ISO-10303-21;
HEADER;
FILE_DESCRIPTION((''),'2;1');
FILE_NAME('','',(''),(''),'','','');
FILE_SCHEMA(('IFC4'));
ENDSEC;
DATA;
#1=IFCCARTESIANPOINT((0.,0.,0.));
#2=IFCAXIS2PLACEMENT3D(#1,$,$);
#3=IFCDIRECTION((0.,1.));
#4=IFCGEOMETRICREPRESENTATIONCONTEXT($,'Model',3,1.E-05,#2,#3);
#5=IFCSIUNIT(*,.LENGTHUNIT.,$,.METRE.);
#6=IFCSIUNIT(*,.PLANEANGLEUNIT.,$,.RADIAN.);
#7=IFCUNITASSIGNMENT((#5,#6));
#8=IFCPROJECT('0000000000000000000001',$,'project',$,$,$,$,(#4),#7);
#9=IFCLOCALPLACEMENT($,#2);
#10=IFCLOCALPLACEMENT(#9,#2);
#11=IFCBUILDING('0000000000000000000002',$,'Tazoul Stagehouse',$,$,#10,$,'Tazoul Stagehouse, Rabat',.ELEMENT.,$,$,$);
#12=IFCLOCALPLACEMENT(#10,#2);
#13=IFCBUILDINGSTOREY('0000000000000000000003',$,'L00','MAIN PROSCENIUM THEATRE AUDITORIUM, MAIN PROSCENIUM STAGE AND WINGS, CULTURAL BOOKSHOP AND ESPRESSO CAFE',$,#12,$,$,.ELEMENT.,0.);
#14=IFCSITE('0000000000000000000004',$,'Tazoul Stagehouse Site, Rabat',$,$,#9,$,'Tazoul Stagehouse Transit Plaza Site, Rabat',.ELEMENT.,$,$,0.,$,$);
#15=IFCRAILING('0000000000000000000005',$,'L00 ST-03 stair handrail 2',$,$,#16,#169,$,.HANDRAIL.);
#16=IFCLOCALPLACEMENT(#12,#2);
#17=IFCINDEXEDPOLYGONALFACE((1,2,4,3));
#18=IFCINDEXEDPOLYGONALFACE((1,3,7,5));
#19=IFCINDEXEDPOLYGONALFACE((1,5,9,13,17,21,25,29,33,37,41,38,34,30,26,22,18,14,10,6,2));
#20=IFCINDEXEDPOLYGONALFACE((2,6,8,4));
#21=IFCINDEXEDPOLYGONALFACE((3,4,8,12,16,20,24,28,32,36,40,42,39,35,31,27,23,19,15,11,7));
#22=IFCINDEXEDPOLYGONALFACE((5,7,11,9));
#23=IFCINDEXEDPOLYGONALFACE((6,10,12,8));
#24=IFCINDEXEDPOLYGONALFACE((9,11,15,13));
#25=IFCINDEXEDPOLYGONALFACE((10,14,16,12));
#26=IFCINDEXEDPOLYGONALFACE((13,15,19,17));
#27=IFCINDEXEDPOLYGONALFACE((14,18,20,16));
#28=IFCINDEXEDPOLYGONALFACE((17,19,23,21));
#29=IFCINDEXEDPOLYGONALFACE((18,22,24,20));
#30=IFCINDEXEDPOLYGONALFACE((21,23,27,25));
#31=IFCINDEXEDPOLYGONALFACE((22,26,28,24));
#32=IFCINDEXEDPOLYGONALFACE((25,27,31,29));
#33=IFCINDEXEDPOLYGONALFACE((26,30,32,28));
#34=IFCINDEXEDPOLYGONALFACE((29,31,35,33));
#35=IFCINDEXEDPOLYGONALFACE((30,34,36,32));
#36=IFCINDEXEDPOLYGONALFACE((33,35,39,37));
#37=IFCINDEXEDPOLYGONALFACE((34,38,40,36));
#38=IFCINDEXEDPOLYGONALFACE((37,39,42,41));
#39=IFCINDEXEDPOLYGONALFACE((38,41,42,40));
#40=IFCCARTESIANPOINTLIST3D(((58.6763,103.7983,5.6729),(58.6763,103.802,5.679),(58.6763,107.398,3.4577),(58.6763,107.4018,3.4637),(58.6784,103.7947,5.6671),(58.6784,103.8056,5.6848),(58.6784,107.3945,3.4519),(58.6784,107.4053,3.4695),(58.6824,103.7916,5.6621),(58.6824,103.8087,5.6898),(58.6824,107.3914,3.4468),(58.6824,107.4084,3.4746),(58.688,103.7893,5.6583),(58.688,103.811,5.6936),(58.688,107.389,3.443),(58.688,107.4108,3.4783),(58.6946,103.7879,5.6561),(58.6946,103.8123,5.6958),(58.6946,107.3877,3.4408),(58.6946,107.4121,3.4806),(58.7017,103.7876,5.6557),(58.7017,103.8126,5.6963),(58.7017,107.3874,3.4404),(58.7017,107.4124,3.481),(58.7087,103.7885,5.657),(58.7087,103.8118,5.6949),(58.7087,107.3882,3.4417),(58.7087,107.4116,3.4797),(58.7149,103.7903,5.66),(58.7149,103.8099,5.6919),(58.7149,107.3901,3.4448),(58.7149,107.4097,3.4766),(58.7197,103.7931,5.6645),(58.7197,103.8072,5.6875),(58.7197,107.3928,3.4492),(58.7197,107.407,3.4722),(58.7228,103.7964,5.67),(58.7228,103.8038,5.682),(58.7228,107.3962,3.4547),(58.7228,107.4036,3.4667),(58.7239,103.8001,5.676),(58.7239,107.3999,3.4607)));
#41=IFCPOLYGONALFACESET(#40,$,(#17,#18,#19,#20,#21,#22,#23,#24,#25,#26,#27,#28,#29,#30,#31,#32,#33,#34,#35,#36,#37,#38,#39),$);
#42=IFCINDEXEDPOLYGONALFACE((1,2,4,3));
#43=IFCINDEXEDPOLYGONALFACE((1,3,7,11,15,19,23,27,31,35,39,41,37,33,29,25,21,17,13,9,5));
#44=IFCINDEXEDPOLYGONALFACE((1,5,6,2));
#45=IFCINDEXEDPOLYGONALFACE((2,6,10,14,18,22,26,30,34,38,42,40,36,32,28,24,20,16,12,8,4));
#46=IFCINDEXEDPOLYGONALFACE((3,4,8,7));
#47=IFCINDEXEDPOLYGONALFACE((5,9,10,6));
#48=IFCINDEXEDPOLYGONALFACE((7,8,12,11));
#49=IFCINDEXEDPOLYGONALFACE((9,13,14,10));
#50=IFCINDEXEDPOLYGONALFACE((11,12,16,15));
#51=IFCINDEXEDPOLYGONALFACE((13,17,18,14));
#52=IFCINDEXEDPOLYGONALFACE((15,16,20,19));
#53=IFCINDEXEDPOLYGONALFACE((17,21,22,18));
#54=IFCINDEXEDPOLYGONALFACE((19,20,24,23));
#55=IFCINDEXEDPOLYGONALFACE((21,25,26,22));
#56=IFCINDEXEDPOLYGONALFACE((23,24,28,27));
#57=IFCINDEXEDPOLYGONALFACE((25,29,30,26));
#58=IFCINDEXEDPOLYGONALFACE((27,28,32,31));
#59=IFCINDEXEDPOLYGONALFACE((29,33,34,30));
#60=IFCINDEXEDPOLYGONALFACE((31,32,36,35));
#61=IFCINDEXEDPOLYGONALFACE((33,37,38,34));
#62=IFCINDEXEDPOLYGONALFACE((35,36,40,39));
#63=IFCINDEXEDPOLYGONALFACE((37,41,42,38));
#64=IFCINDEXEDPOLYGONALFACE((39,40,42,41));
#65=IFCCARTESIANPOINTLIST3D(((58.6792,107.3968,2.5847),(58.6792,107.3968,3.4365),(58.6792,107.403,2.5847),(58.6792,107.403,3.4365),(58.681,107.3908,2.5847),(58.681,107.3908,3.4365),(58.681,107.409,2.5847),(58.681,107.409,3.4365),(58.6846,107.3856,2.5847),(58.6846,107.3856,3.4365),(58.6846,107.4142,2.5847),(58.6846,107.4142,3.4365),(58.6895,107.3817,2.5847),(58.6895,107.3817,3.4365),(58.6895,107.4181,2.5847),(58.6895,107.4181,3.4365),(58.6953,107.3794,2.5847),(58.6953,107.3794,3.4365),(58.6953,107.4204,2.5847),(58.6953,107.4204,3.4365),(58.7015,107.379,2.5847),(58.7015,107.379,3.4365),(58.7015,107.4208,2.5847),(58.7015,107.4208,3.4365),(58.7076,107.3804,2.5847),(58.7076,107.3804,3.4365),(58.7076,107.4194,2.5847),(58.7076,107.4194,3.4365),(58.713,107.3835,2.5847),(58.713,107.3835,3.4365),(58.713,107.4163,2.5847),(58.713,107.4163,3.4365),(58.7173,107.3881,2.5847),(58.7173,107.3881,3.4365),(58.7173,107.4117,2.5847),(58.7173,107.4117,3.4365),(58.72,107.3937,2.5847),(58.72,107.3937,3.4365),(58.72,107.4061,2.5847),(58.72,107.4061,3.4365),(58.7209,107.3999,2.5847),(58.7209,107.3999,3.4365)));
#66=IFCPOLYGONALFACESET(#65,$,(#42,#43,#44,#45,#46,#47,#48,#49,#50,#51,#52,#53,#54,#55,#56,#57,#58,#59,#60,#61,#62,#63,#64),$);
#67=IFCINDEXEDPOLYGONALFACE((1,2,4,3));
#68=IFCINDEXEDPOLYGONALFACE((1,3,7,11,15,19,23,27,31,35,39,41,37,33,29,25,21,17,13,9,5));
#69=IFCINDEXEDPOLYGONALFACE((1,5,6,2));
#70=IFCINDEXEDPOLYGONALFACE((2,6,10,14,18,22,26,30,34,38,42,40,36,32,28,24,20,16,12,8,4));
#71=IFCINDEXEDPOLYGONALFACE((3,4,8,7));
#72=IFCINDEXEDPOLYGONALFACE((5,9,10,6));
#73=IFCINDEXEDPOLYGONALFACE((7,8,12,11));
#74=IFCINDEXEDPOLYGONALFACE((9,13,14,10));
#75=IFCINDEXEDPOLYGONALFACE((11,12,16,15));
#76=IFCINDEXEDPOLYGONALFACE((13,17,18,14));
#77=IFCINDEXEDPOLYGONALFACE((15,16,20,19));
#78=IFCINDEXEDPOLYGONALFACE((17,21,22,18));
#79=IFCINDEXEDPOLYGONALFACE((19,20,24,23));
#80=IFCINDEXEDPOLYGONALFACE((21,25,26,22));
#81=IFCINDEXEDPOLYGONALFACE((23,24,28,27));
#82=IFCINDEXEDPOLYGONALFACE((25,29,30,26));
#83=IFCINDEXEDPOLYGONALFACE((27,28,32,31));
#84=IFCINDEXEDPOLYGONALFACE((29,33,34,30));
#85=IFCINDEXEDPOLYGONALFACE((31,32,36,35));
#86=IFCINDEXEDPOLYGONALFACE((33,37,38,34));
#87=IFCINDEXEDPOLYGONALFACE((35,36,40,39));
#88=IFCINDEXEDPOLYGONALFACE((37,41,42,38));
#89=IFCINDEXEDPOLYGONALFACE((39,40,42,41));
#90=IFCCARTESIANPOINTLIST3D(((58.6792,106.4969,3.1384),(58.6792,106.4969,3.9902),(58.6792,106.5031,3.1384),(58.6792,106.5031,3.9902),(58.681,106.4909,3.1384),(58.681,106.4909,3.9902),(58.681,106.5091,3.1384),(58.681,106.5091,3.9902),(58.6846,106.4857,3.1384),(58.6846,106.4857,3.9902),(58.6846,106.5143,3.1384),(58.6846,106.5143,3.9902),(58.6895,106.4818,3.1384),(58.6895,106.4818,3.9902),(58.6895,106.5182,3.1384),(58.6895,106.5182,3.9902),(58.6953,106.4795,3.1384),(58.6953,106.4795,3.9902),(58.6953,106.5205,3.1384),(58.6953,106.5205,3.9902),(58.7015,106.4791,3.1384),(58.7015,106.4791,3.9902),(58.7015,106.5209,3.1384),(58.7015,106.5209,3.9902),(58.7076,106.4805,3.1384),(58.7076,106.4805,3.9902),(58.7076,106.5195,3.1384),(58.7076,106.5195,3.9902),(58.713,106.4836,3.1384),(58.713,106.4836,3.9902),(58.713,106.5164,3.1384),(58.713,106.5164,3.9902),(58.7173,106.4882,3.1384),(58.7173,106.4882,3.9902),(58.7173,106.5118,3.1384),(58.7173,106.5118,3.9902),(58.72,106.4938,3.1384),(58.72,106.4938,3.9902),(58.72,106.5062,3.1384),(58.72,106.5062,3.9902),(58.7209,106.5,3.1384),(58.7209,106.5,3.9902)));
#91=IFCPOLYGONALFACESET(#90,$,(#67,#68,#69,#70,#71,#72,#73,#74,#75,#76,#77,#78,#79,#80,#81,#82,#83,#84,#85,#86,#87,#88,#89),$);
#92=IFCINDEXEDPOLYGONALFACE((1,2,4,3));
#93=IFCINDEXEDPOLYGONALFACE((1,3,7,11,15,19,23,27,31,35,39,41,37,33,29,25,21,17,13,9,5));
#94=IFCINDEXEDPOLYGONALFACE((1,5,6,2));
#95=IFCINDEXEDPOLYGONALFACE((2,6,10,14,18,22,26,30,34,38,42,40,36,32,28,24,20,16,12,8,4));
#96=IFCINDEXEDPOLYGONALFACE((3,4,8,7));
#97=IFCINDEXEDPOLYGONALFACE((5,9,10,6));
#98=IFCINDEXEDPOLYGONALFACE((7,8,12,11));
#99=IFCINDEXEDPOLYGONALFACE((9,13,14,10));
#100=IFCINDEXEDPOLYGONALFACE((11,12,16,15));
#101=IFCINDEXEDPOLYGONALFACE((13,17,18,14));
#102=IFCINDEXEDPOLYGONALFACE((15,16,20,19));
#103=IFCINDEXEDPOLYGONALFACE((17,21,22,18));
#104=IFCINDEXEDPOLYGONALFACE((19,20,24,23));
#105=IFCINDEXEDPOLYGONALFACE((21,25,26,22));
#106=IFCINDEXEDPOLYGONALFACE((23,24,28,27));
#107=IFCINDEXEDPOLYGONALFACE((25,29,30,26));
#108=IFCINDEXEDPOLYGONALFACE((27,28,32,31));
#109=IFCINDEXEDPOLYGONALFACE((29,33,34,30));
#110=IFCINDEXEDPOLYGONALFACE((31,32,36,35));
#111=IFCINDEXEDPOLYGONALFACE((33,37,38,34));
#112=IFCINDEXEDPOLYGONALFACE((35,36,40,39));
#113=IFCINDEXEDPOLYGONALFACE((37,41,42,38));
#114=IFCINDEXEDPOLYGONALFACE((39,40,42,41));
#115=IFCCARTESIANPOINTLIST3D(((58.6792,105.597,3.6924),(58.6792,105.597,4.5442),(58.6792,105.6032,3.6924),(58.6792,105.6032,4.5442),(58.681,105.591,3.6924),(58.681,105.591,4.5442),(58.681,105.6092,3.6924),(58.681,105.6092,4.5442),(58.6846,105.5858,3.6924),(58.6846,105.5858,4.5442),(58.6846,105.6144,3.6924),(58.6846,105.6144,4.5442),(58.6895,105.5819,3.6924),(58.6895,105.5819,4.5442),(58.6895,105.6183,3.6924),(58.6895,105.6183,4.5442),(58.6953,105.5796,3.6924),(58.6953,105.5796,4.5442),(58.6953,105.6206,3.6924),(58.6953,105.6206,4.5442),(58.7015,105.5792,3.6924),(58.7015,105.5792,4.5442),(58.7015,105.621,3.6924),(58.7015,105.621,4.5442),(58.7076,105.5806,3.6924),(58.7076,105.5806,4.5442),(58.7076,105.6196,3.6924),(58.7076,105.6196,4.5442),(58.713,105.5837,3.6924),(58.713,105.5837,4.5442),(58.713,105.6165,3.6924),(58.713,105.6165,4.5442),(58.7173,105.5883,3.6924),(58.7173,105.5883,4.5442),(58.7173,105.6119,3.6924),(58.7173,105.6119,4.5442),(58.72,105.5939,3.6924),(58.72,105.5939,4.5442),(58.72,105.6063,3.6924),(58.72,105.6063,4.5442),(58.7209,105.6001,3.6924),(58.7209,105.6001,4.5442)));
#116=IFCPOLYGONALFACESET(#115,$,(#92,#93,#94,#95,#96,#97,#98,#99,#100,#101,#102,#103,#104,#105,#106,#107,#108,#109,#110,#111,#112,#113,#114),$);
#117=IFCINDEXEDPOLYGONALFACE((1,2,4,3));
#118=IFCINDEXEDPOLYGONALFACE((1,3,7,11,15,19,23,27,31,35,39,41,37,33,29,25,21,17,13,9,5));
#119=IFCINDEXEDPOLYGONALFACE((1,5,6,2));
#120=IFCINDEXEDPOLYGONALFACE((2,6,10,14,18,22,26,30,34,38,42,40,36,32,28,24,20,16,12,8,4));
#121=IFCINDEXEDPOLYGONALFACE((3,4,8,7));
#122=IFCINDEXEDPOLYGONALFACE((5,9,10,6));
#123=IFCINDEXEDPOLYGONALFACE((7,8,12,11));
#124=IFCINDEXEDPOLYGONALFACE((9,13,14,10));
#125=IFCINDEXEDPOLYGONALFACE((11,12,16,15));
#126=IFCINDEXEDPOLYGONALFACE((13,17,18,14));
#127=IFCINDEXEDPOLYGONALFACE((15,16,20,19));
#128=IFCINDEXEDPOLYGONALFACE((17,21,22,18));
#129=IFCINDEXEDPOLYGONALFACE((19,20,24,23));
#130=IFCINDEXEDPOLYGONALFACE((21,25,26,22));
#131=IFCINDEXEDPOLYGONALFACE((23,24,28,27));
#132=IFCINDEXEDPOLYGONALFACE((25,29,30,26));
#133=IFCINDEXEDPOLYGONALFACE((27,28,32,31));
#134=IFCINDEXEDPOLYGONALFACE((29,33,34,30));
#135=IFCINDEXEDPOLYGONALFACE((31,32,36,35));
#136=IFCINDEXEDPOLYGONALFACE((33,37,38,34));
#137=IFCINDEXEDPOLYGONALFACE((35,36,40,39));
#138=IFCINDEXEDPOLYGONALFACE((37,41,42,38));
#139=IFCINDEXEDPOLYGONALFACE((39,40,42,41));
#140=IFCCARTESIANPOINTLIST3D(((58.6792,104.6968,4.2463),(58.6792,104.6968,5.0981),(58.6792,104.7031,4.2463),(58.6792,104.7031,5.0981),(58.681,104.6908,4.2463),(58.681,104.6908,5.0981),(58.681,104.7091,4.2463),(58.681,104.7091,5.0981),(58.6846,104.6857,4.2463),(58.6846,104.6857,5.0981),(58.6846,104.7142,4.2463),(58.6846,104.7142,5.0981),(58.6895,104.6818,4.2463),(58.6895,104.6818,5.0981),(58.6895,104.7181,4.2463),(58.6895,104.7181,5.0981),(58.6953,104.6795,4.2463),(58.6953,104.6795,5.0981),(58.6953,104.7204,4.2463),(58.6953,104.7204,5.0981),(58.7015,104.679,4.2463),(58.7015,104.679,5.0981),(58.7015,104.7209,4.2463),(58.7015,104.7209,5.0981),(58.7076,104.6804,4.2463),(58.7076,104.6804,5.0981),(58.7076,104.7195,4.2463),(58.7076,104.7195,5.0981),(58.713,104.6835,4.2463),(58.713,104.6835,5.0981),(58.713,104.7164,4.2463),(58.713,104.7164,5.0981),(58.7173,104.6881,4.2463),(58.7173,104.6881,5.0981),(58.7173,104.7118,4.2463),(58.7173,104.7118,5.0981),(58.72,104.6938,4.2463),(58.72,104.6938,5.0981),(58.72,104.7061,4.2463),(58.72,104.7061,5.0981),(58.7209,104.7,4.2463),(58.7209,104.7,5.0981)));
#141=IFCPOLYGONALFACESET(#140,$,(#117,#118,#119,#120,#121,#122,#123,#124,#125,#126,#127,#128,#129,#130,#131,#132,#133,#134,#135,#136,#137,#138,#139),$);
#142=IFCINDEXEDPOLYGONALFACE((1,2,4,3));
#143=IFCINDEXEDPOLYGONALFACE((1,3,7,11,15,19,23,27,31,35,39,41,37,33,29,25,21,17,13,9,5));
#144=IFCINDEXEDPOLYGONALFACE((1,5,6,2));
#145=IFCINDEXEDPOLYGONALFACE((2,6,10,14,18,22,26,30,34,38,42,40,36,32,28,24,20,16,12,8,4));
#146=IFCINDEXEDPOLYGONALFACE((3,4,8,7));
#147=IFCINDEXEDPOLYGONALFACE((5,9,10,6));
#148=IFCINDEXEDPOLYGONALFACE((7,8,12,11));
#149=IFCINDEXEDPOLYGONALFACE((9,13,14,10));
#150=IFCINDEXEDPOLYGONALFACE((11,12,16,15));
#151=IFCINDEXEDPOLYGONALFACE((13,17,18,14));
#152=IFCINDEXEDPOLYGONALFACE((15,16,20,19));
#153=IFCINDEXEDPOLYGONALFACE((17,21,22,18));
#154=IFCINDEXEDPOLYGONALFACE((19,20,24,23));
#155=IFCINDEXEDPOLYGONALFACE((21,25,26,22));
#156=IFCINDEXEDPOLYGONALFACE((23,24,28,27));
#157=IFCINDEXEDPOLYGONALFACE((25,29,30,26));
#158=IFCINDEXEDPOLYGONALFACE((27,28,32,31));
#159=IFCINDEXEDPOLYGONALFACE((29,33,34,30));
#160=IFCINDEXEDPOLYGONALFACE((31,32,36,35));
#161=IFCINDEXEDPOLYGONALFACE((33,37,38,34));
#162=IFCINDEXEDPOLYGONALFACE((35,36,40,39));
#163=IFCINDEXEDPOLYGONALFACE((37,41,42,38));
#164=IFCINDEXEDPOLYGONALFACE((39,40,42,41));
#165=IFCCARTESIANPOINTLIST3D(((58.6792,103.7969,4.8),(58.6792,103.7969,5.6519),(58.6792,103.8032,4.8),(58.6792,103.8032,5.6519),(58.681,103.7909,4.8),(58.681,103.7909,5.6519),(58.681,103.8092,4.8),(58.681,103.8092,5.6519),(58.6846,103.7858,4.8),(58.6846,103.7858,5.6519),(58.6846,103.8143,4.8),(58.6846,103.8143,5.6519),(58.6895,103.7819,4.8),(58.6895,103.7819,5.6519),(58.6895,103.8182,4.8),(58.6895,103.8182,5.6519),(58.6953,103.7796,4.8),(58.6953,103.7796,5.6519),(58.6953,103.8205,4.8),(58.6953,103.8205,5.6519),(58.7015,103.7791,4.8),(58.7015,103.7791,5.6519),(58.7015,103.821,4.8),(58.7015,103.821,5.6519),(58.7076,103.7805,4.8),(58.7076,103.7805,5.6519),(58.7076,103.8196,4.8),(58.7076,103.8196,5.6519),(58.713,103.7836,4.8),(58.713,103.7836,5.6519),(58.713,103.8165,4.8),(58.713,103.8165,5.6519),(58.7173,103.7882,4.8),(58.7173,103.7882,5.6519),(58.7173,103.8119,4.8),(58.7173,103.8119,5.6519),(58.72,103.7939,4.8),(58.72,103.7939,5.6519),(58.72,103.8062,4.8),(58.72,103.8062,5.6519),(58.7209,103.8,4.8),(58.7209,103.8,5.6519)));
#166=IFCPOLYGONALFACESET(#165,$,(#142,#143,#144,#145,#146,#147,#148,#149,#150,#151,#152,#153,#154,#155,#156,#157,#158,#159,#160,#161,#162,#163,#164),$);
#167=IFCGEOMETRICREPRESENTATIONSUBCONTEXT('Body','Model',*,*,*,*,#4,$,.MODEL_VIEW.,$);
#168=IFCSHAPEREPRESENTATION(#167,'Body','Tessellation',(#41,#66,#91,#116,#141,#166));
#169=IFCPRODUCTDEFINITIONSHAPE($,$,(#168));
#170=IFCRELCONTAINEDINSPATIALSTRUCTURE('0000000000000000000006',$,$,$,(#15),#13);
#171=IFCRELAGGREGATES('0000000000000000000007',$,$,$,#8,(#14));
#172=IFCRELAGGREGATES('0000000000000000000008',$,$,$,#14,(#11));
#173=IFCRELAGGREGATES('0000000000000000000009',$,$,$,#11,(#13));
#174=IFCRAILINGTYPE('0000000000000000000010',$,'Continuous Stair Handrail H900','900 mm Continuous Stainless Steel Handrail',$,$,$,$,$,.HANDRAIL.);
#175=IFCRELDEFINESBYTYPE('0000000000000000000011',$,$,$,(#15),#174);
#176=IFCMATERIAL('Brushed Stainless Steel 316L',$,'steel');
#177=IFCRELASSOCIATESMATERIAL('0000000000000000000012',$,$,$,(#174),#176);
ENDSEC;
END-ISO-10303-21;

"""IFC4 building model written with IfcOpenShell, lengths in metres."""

from ifc_helpers import new_model, si_unit, direction, frame, origin, origin_2d, place, context, subcontext, project, spatial, circle, extrude, material, material_profile, profile_set, type_object, element, save


model = new_model("IFC4")

# Units and contexts
model_context = context("Model", 3, precision=1e-05, world=origin(), true_north=direction((0.0, 1.0)))
body_context = subcontext(model_context, "Body", "Model", "MODEL_VIEW")
ifc_project = project(units=[si_unit("LENGTHUNIT", "METRE"), si_unit("PLANEANGLEUNIT", "RADIAN")], contexts=[model_context])

# Site, building, storey
site_placement = place(None, origin())
site = spatial("IfcSite", under=ifc_project, at=site_placement, Name="Tazoul Stagehouse Site, Rabat", LongName="Tazoul Stagehouse Transit Plaza Site, Rabat", CompositionType="ELEMENT", RefElevation=0.0)
building_placement = place(site_placement, origin())
building = spatial("IfcBuilding", under=site, at=building_placement, Name="Tazoul Stagehouse", LongName="Tazoul Stagehouse, Rabat", CompositionType="ELEMENT")
storey_placement = place(building_placement, origin())
storey = spatial("IfcBuildingStorey", under=building, at=storey_placement, Name="L00", Description="MAIN PROSCENIUM THEATRE AUDITORIUM, MAIN PROSCENIUM STAGE AND WINGS, CULTURAL BOOKSHOP AND ESPRESSO CAFE", CompositionType="ELEMENT", Elevation=0.0)

# Railing
ifc_material_1 = material(Name="Brushed Stainless Steel 316L", Category="steel")
ifc_material_profile_1 = material_profile(ifc_material_1, circle(Radius=0.021, at=origin_2d()), Name="SS HANDRAIL D42")
ifc_profile_set_1 = profile_set([ifc_material_profile_1], Name="Brushed Stainless Steel 316L")
railing_type_1 = type_object("IfcRailingType", Name="Continuous Stair Handrail H900", Description="900 mm Continuous Stainless Steel Handrail", PredefinedType="HANDRAIL", material=ifc_profile_set_1)
railing_1_placement = place(storey_placement, frame((58.7, 107.3999, 2.5847)))
element("IfcRailing", 1, at=railing_1_placement, inside=storey, type_object=railing_type_1, Name="L00 ST-03 stair handrail 2", PredefinedType="HANDRAIL", context=body_context, shape_type="SweptSolid", body=[
    extrude(circle(Radius=0.0239, at=origin_2d()), frame((0.0, 0.0, 0.876), z_axis=(0.0, -0.851654, 0.524104), x_axis=(1.0, 0.0, 0.0)), (0.0, 0.0, 1.0), 4.2268),
    extrude(circle(Radius=0.021, at=origin_2d()), origin(), (0.0, 0.0, 1.0), 0.8518),
    extrude(circle(Radius=0.021, at=origin_2d()), frame((0.0, -0.8999, 0.5537)), (0.0, 0.0, 1.0), 0.8518),
    extrude(circle(Radius=0.021, at=origin_2d()), frame((0.0, -1.7998, 1.1077)), (0.0, 0.0, 1.0), 0.8518),
    extrude(circle(Radius=0.021, at=origin_2d()), frame((0.0, -2.7, 1.6616)), (0.0, 0.0, 1.0), 0.8518),
    extrude(circle(Radius=0.021, at=origin_2d()), frame((0.0, -3.5999, 2.2153)), (0.0, 0.0, 1.0), 0.8518),
])

save(model, "model.ifc")
